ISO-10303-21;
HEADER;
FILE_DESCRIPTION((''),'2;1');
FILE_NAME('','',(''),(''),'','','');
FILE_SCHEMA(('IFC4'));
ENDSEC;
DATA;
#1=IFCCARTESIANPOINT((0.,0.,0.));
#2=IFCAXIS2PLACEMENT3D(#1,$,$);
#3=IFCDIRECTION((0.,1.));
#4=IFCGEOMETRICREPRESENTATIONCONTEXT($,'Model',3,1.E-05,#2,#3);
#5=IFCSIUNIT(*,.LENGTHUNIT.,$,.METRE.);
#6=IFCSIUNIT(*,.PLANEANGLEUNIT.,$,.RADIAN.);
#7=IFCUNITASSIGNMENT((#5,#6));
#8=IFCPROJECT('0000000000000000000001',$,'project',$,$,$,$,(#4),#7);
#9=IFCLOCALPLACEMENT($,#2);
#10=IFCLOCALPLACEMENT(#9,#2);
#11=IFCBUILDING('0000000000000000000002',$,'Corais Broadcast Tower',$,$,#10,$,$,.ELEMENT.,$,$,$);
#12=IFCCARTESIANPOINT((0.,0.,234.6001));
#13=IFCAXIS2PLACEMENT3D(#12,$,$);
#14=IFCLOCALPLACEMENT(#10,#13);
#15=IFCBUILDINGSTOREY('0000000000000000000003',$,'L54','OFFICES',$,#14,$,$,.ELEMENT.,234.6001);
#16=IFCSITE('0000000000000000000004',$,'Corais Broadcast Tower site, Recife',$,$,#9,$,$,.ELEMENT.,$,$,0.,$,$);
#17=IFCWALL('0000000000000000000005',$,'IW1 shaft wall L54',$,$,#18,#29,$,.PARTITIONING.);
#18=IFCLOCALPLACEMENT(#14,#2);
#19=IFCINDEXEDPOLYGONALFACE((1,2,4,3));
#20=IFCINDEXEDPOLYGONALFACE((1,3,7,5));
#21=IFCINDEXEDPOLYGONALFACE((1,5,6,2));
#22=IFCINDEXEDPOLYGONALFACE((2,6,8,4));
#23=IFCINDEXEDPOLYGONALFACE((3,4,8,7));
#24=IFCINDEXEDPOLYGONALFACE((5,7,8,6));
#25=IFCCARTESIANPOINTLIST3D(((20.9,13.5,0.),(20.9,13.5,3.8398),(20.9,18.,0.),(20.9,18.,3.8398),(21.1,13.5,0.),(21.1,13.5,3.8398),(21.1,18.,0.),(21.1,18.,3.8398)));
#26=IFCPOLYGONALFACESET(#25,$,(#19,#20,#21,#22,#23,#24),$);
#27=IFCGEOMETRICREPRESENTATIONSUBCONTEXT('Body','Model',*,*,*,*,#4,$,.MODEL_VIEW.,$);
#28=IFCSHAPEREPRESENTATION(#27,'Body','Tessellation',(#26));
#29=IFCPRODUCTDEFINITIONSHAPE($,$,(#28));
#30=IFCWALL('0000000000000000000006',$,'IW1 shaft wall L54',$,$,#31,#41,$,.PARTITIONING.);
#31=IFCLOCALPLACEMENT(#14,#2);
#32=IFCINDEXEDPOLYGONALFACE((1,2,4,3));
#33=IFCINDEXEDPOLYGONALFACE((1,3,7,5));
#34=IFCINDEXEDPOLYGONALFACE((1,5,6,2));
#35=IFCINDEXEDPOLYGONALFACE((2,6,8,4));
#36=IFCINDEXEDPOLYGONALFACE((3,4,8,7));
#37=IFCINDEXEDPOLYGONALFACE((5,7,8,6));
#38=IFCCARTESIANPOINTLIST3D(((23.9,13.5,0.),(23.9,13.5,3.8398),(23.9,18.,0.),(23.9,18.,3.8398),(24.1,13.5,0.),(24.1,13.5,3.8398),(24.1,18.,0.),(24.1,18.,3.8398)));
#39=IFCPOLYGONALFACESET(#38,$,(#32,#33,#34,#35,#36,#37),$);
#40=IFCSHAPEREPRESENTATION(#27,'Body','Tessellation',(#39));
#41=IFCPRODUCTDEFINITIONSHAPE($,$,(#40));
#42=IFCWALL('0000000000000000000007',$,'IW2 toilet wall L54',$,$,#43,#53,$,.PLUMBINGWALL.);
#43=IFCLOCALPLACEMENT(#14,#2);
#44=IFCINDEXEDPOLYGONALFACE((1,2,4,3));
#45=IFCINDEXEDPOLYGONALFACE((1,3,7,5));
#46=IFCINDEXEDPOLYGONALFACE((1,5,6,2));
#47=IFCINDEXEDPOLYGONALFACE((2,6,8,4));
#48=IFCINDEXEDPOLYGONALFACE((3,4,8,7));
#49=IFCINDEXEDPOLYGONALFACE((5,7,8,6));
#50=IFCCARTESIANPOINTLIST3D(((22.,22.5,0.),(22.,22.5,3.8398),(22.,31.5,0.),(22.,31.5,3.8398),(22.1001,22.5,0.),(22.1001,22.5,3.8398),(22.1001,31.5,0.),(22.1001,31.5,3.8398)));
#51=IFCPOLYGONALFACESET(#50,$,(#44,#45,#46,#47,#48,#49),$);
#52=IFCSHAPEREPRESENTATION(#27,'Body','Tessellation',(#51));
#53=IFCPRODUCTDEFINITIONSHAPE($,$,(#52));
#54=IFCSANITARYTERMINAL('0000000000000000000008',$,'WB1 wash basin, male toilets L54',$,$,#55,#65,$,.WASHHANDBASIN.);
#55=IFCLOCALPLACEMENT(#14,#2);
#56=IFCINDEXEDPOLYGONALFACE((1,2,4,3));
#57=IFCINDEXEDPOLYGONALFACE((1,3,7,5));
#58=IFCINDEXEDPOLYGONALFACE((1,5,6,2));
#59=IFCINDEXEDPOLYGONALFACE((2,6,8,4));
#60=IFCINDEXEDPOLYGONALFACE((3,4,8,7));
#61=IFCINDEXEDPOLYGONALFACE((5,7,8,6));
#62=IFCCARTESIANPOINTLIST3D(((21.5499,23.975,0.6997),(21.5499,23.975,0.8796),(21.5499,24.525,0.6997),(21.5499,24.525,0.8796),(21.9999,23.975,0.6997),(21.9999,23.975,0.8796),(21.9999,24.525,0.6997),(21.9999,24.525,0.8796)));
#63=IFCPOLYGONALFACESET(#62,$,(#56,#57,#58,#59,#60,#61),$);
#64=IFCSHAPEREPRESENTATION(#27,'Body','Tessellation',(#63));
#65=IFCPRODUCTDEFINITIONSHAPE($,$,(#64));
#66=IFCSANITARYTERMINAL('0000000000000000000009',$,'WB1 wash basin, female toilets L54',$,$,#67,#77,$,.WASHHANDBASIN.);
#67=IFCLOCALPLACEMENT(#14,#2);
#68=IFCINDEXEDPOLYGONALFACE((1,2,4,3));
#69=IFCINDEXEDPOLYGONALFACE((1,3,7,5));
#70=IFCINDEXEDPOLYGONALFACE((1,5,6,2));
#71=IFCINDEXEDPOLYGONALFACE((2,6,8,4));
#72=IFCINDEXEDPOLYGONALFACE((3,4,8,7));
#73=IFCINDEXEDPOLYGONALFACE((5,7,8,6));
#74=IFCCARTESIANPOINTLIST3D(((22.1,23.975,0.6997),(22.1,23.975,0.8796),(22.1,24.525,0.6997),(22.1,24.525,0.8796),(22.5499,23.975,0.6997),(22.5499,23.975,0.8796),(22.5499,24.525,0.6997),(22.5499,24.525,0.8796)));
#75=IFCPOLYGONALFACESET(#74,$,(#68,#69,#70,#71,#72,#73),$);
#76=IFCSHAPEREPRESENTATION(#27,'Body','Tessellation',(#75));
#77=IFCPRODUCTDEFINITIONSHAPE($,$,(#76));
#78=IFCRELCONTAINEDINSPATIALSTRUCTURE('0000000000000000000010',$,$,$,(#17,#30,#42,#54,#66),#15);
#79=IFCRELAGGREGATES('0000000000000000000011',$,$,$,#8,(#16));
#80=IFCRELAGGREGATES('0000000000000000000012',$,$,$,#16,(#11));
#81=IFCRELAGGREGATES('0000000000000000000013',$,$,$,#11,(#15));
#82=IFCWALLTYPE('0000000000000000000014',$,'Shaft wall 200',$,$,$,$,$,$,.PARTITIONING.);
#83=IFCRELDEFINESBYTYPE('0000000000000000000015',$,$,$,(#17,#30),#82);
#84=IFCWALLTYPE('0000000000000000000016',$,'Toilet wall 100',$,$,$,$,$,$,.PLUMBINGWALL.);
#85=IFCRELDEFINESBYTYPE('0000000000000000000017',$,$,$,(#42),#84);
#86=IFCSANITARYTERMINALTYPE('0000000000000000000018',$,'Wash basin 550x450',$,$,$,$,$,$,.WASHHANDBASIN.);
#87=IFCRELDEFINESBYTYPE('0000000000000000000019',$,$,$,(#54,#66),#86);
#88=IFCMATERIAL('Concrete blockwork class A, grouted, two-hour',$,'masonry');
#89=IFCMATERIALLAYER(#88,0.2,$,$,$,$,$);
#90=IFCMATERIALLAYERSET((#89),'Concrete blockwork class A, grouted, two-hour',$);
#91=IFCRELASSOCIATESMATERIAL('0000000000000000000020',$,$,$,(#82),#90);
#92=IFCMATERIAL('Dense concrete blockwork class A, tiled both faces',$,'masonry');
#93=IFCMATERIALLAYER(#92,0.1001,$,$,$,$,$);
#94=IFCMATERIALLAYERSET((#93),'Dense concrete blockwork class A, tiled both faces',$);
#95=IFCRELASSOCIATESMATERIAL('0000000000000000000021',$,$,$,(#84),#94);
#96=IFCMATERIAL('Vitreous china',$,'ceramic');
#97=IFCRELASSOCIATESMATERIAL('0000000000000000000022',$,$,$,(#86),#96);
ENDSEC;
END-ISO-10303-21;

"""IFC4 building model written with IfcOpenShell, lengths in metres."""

from ifc_helpers import new_model, si_unit, direction, frame, frame_2d, origin, origin_2d, place, context, subcontext, project, spatial, rectangle, extrude, material, layer, layer_set, type_object, element, save


model = new_model("IFC4")

# Units and contexts
model_context = context("Model", 3, precision=1e-05, world=origin(), true_north=direction((0.0, 1.0)))
body_context = subcontext(model_context, "Body", "Model", "MODEL_VIEW")
ifc_project = project(units=[si_unit("LENGTHUNIT", "METRE"), si_unit("PLANEANGLEUNIT", "RADIAN")], contexts=[model_context])

# Site, building, storey
site_placement = place(None, origin())
site = spatial("IfcSite", under=ifc_project, at=site_placement, Name="Corais Broadcast Tower site, Recife", CompositionType="ELEMENT", RefElevation=0.0)
building_placement = place(site_placement, origin())
building = spatial("IfcBuilding", under=site, at=building_placement, Name="Corais Broadcast Tower", CompositionType="ELEMENT")
storey_placement = place(building_placement, frame((0.0, 0.0, 234.6001)))
storey = spatial("IfcBuildingStorey", under=building, at=storey_placement, Name="L54", Description="OFFICES", CompositionType="ELEMENT", Elevation=234.6001)

# Walls
ifc_material_1 = material(Name="Concrete blockwork class A, grouted, two-hour", Category="masonry")
ifc_layer_1 = layer(ifc_material_1, 0.2)
ifc_layer_set_1 = layer_set([ifc_layer_1], Name="Concrete blockwork class A, grouted, two-hour")
wall_type_1 = type_object("IfcWallType", Name="Shaft wall 200", PredefinedType="PARTITIONING", material=ifc_layer_set_1)
for number, where, z_axis, x_axis, name in (
    (1, (21.0, 13.5, 0.0), (0.0, 0.0, 1.0), (0.0, 1.0, 0.0), "IW1 shaft wall L54"),
    (2, (24.0, 13.5, 0.0), (0.0, 0.0, 1.0), (0.0, 1.0, 0.0), "IW1 shaft wall L54"),
):
    element("IfcWall", number, at=place(storey_placement, frame(where, z_axis=z_axis, x_axis=x_axis)), inside=storey, type_object=wall_type_1, Name=name, PredefinedType="PARTITIONING", context=body_context, shape_type="SweptSolid", body=[
        extrude(rectangle(XDim=4.5, YDim=0.2, at=frame_2d((2.25, 0.0))), origin(), (0.0, 0.0, 1.0), 3.8398),
    ])
ifc_material_2 = material(Name="Dense concrete blockwork class A, tiled both faces", Category="masonry")
ifc_layer_2 = layer(ifc_material_2, 0.1001)
ifc_layer_set_2 = layer_set([ifc_layer_2], Name="Dense concrete blockwork class A, tiled both faces")
wall_type_2 = type_object("IfcWallType", Name="Toilet wall 100", PredefinedType="PLUMBINGWALL", material=ifc_layer_set_2)
wall_1_placement = place(storey_placement, frame((22.05, 22.5, 0.0), z_axis=(0.0, 0.0, 1.0), x_axis=(0.0, 1.0, 0.0)))
element("IfcWall", 3, at=wall_1_placement, inside=storey, type_object=wall_type_2, Name="IW2 toilet wall L54", PredefinedType="PLUMBINGWALL", context=body_context, shape_type="SweptSolid", body=[
    extrude(rectangle(XDim=9.0, YDim=0.1001, at=frame_2d((4.5, 0.0))), origin(), (0.0, 0.0, 1.0), 3.8398),
])

# Sanitary terminals
ifc_material_3 = material(Name="Vitreous china", Category="ceramic")
sanitary_terminal_type = type_object("IfcSanitaryTerminalType", Name="Wash basin 550x450", PredefinedType="WASHHANDBASIN", material=ifc_material_3)
for number, where, z_axis, x_axis, name in (
    (4, (21.7749, 24.25, 0.6997), (0.0, 0.0, 1.0), (1.0, 0.0, 0.0), "WB1 wash basin, male toilets L54"),
    (5, (22.325, 24.25, 0.6997), (0.0, 0.0, 1.0), (1.0, 0.0, 0.0), "WB1 wash basin, female toilets L54"),
):
    element("IfcSanitaryTerminal", number, at=place(storey_placement, frame(where, z_axis=z_axis, x_axis=x_axis)), inside=storey, type_object=sanitary_terminal_type, Name=name, PredefinedType="WASHHANDBASIN", context=body_context, shape_type="SweptSolid", body=[
        extrude(rectangle(XDim=0.45, YDim=0.55, at=origin_2d()), origin(), (0.0, 0.0, 1.0), 0.1799),
    ])

save(model, "model.ifc")
